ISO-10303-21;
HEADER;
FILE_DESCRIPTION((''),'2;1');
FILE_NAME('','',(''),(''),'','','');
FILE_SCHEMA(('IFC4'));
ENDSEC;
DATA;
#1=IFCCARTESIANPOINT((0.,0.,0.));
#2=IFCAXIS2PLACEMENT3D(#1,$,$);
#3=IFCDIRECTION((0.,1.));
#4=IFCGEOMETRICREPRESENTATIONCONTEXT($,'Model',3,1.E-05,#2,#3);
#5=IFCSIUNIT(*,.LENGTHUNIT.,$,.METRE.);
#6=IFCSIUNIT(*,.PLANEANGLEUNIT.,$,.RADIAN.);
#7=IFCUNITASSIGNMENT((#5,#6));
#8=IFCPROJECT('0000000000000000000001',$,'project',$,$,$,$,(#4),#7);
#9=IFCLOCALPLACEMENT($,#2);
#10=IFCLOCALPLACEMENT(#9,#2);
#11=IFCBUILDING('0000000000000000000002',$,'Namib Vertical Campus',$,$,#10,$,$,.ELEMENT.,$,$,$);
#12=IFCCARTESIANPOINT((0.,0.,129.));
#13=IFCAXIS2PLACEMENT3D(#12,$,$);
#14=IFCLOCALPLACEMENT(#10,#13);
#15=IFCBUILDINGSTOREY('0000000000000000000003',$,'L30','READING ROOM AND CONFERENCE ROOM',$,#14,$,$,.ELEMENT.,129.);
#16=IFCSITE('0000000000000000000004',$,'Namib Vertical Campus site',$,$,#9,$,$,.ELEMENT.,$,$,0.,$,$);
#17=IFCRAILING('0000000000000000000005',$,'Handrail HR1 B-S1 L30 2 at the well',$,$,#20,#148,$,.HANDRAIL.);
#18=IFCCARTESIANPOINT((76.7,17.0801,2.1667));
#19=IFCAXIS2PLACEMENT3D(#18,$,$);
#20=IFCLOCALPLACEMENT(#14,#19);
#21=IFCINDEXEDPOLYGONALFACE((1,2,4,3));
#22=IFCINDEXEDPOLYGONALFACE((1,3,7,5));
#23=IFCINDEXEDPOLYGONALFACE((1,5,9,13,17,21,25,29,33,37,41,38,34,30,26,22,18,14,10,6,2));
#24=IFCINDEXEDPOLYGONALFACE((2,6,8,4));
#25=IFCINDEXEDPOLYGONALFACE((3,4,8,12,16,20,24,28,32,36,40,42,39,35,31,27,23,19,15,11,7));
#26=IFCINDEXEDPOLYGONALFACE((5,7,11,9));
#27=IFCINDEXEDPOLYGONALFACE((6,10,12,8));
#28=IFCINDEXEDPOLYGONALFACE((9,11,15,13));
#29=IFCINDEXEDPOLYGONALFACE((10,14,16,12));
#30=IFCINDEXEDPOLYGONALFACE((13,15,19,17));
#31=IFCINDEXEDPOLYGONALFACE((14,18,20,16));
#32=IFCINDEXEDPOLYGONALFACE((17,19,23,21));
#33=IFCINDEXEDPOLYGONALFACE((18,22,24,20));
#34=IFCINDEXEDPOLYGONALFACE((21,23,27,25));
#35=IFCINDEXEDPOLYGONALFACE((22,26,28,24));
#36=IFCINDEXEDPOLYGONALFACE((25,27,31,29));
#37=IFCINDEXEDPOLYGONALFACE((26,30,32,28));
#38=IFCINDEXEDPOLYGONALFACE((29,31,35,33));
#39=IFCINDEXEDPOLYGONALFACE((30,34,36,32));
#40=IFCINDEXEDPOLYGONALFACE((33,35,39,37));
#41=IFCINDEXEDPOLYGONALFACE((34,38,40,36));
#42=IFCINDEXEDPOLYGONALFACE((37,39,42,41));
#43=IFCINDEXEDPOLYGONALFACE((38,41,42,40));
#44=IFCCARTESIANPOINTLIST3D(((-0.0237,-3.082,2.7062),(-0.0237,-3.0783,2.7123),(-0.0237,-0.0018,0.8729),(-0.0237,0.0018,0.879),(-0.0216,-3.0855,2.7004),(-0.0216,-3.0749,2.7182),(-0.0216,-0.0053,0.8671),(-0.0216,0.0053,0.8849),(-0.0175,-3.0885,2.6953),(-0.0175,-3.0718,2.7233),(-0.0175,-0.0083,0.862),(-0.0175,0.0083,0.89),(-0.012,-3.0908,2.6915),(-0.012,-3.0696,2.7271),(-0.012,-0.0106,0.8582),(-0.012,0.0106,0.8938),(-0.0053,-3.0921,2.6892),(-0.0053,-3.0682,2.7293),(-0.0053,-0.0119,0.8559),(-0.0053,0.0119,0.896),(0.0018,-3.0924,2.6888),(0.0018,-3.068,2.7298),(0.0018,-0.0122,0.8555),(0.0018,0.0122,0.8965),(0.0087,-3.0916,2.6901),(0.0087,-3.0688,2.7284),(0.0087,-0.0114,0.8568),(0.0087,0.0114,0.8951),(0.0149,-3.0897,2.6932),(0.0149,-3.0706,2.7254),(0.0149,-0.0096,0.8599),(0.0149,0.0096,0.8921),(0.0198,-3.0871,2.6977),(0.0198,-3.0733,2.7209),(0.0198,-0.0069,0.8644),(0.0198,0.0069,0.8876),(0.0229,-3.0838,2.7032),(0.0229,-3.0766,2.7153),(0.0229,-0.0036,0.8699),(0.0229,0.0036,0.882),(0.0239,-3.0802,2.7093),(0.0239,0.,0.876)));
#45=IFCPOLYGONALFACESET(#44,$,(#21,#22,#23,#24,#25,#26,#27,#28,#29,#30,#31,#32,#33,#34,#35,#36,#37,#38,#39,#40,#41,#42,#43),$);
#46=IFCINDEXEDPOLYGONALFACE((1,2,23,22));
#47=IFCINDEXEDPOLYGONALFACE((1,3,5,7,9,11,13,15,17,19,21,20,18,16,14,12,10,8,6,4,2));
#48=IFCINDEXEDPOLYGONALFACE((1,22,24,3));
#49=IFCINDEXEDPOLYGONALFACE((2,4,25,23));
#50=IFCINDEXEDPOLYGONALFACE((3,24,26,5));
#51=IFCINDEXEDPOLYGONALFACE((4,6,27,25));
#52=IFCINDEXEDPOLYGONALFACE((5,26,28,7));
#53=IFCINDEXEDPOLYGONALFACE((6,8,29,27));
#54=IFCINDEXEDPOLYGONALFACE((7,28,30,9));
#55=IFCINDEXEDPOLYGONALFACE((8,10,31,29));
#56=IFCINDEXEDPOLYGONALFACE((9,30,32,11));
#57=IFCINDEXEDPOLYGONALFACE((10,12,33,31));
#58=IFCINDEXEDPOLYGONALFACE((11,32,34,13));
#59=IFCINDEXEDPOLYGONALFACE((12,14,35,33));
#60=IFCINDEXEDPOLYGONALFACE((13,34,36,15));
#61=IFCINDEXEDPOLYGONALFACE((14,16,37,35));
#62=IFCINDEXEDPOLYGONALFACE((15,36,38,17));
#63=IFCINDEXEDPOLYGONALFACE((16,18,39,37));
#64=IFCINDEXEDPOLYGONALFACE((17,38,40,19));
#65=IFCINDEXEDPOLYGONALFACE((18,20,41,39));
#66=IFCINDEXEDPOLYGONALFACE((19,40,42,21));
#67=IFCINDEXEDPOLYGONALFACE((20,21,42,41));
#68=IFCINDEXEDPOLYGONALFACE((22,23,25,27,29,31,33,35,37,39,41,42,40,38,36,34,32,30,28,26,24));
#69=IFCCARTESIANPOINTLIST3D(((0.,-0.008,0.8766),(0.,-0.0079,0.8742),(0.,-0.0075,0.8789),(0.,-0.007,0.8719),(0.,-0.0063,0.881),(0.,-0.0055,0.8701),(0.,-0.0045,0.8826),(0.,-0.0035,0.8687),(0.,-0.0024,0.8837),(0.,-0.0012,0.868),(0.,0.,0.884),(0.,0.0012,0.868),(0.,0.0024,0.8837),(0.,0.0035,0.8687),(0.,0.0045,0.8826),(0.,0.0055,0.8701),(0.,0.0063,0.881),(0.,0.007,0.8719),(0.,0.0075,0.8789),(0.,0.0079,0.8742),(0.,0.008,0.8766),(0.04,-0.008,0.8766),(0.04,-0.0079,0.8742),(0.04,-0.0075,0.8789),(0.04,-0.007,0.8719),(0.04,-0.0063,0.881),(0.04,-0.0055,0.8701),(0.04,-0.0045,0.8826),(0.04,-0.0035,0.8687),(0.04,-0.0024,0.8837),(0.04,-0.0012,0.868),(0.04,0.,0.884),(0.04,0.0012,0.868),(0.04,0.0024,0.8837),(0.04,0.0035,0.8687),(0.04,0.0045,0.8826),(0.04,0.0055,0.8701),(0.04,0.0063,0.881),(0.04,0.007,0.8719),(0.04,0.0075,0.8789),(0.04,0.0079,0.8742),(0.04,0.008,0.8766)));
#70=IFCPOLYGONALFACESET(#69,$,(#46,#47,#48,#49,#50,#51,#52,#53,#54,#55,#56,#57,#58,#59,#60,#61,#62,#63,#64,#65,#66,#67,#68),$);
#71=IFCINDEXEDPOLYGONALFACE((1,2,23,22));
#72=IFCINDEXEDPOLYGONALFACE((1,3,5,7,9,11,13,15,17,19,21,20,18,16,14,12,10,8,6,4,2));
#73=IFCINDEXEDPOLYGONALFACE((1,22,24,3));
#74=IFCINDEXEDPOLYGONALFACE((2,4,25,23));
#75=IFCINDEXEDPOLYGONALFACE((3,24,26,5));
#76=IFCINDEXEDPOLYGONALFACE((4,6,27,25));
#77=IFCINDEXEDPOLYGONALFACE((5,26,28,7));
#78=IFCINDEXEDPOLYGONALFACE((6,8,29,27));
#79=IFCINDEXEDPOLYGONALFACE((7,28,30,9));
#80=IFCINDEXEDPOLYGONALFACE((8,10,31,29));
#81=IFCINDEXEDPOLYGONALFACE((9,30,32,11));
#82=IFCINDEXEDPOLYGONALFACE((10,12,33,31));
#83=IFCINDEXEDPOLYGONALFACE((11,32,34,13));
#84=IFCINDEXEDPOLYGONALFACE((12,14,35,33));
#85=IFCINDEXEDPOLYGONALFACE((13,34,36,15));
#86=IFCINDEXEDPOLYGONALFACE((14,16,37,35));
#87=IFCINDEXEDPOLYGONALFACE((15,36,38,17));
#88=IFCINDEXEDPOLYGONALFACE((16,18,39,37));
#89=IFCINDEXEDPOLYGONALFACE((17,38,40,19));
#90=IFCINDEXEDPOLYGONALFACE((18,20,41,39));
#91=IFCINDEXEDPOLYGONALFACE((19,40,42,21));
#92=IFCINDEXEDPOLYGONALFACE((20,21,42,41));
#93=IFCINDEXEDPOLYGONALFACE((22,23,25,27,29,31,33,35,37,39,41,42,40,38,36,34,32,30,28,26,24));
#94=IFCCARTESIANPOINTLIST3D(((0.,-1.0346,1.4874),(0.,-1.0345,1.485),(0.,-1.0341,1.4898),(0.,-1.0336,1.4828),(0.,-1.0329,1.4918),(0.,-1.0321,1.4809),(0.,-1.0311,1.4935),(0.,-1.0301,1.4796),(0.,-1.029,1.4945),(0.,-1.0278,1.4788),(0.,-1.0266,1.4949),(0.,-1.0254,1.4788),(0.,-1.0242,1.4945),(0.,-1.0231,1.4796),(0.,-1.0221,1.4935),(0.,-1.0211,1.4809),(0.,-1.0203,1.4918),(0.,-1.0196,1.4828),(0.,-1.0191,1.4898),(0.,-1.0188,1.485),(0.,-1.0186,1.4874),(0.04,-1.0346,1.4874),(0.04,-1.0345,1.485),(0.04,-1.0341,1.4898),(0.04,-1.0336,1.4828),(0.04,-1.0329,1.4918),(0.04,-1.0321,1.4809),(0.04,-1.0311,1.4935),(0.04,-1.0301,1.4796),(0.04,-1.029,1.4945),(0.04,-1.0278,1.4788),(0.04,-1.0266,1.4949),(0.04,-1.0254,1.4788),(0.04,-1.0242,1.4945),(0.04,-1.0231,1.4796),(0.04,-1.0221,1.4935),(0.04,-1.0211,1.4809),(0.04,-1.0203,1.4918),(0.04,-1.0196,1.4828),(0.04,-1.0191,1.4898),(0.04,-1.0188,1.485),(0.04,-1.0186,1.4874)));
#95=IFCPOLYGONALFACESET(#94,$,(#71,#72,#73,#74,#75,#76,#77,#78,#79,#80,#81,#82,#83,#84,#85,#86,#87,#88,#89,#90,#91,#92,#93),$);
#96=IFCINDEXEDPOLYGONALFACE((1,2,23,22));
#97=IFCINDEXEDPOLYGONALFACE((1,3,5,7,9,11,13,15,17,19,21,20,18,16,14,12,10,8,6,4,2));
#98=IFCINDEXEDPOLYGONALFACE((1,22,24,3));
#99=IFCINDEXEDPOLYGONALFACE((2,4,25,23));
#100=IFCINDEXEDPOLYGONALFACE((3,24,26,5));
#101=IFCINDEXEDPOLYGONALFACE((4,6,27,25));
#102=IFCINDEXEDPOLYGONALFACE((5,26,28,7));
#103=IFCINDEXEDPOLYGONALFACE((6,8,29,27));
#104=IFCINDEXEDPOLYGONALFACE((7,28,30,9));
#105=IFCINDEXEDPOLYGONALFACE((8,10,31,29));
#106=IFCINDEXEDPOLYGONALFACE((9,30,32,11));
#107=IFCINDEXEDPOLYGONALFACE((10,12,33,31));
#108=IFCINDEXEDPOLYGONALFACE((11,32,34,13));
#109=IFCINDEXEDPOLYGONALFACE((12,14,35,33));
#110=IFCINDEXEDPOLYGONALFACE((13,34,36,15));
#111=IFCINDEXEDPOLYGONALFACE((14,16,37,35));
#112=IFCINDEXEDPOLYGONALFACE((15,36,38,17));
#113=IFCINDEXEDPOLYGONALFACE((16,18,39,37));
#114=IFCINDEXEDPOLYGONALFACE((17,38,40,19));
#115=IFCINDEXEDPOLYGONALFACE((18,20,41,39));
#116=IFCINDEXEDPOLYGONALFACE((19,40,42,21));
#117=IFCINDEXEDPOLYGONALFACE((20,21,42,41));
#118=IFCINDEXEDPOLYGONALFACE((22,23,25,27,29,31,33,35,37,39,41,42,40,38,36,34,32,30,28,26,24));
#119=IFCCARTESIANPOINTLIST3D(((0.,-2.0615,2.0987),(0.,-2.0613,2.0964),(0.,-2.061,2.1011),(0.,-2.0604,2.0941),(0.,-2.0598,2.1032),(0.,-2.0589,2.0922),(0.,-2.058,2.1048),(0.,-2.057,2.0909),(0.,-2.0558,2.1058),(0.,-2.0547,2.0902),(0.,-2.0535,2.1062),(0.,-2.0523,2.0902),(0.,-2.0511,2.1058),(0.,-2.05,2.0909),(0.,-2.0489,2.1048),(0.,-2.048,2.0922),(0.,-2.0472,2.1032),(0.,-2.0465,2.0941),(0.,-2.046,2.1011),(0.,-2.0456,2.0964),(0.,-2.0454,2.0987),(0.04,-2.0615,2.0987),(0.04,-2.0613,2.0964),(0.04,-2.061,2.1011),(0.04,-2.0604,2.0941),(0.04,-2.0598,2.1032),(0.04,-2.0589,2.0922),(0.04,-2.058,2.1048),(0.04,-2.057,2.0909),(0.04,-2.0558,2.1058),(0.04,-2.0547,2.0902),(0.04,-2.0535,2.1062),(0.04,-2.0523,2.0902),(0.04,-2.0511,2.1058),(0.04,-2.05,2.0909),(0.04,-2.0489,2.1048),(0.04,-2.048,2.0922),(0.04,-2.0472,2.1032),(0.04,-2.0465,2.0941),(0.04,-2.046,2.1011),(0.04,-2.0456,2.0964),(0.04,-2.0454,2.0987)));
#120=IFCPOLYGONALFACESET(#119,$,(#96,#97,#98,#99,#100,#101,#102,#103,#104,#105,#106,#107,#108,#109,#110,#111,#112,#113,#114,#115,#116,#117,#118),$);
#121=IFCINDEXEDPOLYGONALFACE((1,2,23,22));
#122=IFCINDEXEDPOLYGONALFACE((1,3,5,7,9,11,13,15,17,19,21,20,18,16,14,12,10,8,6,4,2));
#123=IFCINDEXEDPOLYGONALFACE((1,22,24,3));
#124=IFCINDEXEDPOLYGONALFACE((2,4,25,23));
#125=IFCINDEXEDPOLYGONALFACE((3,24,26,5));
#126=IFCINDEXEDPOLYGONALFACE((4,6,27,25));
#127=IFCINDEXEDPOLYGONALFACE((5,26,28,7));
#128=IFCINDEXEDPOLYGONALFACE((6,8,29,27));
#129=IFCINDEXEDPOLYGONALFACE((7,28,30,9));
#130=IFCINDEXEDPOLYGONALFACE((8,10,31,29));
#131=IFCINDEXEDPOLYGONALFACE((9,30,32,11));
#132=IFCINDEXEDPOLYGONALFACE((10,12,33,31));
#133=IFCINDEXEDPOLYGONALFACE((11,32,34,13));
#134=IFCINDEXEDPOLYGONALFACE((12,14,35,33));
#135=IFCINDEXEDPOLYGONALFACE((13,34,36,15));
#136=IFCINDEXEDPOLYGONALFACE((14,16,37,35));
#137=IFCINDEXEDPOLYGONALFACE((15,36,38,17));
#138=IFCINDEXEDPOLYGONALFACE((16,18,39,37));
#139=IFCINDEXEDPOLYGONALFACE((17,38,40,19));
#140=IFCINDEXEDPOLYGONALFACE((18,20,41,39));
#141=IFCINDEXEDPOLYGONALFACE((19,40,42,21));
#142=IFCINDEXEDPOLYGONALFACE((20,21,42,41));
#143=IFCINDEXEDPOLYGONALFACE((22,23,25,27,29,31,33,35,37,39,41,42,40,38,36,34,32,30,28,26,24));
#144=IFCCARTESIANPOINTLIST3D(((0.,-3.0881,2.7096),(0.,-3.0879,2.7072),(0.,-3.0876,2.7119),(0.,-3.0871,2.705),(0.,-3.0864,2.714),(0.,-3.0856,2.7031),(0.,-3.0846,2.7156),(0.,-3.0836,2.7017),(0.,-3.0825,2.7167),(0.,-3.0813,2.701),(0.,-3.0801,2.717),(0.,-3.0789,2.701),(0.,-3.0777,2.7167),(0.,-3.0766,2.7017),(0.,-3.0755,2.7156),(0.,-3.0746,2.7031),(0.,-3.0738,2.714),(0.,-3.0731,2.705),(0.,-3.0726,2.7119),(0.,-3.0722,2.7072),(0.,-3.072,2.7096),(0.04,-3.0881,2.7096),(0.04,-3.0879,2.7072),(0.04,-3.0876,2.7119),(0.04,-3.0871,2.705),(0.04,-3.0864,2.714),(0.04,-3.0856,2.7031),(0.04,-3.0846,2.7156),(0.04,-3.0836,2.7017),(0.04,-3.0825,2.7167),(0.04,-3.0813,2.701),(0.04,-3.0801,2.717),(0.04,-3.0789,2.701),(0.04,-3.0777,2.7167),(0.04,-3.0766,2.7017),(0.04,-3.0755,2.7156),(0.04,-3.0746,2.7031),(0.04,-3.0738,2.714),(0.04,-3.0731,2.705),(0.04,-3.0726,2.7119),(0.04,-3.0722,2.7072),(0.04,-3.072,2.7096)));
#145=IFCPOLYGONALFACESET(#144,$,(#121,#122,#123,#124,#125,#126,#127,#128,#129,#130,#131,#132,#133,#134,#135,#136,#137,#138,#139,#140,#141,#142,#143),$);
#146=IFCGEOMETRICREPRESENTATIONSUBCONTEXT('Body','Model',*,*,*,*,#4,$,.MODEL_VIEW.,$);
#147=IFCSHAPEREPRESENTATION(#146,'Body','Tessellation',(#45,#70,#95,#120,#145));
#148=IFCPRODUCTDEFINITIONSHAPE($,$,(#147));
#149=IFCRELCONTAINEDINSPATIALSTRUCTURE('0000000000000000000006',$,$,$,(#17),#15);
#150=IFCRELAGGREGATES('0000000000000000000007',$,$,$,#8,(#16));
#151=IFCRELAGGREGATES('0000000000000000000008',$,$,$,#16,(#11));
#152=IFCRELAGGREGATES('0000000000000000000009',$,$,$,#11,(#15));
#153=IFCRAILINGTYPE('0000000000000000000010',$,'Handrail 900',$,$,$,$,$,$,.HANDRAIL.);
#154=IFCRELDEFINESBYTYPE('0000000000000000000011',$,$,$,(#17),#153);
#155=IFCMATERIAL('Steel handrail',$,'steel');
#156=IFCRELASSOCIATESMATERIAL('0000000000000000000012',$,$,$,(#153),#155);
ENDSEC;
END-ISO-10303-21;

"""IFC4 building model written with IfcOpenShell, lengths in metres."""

from ifc_helpers import new_model, si_unit, direction, frame, origin, origin_2d, place, context, subcontext, project, spatial, circle, extrude, material, type_object, element, save


model = new_model("IFC4")

# Units and contexts
model_context = context("Model", 3, precision=1e-05, world=origin(), true_north=direction((0.0, 1.0)))
body_context = subcontext(model_context, "Body", "Model", "MODEL_VIEW")
ifc_project = project(units=[si_unit("LENGTHUNIT", "METRE"), si_unit("PLANEANGLEUNIT", "RADIAN")], contexts=[model_context])

# Site, building, storey
site_placement = place(None, origin())
site = spatial("IfcSite", under=ifc_project, at=site_placement, Name="Namib Vertical Campus site", CompositionType="ELEMENT", RefElevation=0.0)
building_placement = place(site_placement, origin())
building = spatial("IfcBuilding", under=site, at=building_placement, Name="Namib Vertical Campus", CompositionType="ELEMENT")
storey_placement = place(building_placement, frame((0.0, 0.0, 129.0)))
storey = spatial("IfcBuildingStorey", under=building, at=storey_placement, Name="L30", Description="READING ROOM AND CONFERENCE ROOM", CompositionType="ELEMENT", Elevation=129.0)

# Railing
ifc_material_1 = material(Name="Steel handrail", Category="steel")
railing_type_1 = type_object("IfcRailingType", Name="Handrail 900", PredefinedType="HANDRAIL", material=ifc_material_1)
railing_1_placement = place(storey_placement, frame((76.7, 17.0801, 2.1667)))
element("IfcRailing", 1, at=railing_1_placement, inside=storey, type_object=railing_type_1, Name="Handrail HR1 B-S1 L30 2 at the well", PredefinedType="HANDRAIL", context=body_context, shape_type="SweptSolid", body=[
    extrude(circle(Radius=0.0239, at=origin_2d()), frame((0.0, 0.0, 0.876), z_axis=(0.0, -0.859309, 0.511458), x_axis=(1.0, 0.0, 0.0)), (0.0, 0.0, 1.0), 3.5845),
    extrude(circle(Radius=0.0081, at=origin_2d()), frame((0.0, 0.0, 0.876), z_axis=(1.0, 0.0, 0.0), x_axis=(0.0, 0.0, 1.0)), (0.0, 0.0, 1.0), 0.04),
    extrude(circle(Radius=0.0081, at=origin_2d()), frame((0.0, -1.0266, 1.4868), z_axis=(1.0, 0.0, 0.0), x_axis=(0.0, 0.0, 1.0)), (0.0, 0.0, 1.0), 0.04),
    extrude(circle(Radius=0.0081, at=origin_2d()), frame((0.0, -2.0535, 2.0981), z_axis=(1.0, 0.0, 0.0), x_axis=(0.0, 0.0, 1.0)), (0.0, 0.0, 1.0), 0.04),
    extrude(circle(Radius=0.0081, at=origin_2d()), frame((0.0, -3.0801, 2.709), z_axis=(1.0, 0.0, 0.0), x_axis=(0.0, 0.0, 1.0)), (0.0, 0.0, 1.0), 0.04),
])

save(model, "model.ifc")
